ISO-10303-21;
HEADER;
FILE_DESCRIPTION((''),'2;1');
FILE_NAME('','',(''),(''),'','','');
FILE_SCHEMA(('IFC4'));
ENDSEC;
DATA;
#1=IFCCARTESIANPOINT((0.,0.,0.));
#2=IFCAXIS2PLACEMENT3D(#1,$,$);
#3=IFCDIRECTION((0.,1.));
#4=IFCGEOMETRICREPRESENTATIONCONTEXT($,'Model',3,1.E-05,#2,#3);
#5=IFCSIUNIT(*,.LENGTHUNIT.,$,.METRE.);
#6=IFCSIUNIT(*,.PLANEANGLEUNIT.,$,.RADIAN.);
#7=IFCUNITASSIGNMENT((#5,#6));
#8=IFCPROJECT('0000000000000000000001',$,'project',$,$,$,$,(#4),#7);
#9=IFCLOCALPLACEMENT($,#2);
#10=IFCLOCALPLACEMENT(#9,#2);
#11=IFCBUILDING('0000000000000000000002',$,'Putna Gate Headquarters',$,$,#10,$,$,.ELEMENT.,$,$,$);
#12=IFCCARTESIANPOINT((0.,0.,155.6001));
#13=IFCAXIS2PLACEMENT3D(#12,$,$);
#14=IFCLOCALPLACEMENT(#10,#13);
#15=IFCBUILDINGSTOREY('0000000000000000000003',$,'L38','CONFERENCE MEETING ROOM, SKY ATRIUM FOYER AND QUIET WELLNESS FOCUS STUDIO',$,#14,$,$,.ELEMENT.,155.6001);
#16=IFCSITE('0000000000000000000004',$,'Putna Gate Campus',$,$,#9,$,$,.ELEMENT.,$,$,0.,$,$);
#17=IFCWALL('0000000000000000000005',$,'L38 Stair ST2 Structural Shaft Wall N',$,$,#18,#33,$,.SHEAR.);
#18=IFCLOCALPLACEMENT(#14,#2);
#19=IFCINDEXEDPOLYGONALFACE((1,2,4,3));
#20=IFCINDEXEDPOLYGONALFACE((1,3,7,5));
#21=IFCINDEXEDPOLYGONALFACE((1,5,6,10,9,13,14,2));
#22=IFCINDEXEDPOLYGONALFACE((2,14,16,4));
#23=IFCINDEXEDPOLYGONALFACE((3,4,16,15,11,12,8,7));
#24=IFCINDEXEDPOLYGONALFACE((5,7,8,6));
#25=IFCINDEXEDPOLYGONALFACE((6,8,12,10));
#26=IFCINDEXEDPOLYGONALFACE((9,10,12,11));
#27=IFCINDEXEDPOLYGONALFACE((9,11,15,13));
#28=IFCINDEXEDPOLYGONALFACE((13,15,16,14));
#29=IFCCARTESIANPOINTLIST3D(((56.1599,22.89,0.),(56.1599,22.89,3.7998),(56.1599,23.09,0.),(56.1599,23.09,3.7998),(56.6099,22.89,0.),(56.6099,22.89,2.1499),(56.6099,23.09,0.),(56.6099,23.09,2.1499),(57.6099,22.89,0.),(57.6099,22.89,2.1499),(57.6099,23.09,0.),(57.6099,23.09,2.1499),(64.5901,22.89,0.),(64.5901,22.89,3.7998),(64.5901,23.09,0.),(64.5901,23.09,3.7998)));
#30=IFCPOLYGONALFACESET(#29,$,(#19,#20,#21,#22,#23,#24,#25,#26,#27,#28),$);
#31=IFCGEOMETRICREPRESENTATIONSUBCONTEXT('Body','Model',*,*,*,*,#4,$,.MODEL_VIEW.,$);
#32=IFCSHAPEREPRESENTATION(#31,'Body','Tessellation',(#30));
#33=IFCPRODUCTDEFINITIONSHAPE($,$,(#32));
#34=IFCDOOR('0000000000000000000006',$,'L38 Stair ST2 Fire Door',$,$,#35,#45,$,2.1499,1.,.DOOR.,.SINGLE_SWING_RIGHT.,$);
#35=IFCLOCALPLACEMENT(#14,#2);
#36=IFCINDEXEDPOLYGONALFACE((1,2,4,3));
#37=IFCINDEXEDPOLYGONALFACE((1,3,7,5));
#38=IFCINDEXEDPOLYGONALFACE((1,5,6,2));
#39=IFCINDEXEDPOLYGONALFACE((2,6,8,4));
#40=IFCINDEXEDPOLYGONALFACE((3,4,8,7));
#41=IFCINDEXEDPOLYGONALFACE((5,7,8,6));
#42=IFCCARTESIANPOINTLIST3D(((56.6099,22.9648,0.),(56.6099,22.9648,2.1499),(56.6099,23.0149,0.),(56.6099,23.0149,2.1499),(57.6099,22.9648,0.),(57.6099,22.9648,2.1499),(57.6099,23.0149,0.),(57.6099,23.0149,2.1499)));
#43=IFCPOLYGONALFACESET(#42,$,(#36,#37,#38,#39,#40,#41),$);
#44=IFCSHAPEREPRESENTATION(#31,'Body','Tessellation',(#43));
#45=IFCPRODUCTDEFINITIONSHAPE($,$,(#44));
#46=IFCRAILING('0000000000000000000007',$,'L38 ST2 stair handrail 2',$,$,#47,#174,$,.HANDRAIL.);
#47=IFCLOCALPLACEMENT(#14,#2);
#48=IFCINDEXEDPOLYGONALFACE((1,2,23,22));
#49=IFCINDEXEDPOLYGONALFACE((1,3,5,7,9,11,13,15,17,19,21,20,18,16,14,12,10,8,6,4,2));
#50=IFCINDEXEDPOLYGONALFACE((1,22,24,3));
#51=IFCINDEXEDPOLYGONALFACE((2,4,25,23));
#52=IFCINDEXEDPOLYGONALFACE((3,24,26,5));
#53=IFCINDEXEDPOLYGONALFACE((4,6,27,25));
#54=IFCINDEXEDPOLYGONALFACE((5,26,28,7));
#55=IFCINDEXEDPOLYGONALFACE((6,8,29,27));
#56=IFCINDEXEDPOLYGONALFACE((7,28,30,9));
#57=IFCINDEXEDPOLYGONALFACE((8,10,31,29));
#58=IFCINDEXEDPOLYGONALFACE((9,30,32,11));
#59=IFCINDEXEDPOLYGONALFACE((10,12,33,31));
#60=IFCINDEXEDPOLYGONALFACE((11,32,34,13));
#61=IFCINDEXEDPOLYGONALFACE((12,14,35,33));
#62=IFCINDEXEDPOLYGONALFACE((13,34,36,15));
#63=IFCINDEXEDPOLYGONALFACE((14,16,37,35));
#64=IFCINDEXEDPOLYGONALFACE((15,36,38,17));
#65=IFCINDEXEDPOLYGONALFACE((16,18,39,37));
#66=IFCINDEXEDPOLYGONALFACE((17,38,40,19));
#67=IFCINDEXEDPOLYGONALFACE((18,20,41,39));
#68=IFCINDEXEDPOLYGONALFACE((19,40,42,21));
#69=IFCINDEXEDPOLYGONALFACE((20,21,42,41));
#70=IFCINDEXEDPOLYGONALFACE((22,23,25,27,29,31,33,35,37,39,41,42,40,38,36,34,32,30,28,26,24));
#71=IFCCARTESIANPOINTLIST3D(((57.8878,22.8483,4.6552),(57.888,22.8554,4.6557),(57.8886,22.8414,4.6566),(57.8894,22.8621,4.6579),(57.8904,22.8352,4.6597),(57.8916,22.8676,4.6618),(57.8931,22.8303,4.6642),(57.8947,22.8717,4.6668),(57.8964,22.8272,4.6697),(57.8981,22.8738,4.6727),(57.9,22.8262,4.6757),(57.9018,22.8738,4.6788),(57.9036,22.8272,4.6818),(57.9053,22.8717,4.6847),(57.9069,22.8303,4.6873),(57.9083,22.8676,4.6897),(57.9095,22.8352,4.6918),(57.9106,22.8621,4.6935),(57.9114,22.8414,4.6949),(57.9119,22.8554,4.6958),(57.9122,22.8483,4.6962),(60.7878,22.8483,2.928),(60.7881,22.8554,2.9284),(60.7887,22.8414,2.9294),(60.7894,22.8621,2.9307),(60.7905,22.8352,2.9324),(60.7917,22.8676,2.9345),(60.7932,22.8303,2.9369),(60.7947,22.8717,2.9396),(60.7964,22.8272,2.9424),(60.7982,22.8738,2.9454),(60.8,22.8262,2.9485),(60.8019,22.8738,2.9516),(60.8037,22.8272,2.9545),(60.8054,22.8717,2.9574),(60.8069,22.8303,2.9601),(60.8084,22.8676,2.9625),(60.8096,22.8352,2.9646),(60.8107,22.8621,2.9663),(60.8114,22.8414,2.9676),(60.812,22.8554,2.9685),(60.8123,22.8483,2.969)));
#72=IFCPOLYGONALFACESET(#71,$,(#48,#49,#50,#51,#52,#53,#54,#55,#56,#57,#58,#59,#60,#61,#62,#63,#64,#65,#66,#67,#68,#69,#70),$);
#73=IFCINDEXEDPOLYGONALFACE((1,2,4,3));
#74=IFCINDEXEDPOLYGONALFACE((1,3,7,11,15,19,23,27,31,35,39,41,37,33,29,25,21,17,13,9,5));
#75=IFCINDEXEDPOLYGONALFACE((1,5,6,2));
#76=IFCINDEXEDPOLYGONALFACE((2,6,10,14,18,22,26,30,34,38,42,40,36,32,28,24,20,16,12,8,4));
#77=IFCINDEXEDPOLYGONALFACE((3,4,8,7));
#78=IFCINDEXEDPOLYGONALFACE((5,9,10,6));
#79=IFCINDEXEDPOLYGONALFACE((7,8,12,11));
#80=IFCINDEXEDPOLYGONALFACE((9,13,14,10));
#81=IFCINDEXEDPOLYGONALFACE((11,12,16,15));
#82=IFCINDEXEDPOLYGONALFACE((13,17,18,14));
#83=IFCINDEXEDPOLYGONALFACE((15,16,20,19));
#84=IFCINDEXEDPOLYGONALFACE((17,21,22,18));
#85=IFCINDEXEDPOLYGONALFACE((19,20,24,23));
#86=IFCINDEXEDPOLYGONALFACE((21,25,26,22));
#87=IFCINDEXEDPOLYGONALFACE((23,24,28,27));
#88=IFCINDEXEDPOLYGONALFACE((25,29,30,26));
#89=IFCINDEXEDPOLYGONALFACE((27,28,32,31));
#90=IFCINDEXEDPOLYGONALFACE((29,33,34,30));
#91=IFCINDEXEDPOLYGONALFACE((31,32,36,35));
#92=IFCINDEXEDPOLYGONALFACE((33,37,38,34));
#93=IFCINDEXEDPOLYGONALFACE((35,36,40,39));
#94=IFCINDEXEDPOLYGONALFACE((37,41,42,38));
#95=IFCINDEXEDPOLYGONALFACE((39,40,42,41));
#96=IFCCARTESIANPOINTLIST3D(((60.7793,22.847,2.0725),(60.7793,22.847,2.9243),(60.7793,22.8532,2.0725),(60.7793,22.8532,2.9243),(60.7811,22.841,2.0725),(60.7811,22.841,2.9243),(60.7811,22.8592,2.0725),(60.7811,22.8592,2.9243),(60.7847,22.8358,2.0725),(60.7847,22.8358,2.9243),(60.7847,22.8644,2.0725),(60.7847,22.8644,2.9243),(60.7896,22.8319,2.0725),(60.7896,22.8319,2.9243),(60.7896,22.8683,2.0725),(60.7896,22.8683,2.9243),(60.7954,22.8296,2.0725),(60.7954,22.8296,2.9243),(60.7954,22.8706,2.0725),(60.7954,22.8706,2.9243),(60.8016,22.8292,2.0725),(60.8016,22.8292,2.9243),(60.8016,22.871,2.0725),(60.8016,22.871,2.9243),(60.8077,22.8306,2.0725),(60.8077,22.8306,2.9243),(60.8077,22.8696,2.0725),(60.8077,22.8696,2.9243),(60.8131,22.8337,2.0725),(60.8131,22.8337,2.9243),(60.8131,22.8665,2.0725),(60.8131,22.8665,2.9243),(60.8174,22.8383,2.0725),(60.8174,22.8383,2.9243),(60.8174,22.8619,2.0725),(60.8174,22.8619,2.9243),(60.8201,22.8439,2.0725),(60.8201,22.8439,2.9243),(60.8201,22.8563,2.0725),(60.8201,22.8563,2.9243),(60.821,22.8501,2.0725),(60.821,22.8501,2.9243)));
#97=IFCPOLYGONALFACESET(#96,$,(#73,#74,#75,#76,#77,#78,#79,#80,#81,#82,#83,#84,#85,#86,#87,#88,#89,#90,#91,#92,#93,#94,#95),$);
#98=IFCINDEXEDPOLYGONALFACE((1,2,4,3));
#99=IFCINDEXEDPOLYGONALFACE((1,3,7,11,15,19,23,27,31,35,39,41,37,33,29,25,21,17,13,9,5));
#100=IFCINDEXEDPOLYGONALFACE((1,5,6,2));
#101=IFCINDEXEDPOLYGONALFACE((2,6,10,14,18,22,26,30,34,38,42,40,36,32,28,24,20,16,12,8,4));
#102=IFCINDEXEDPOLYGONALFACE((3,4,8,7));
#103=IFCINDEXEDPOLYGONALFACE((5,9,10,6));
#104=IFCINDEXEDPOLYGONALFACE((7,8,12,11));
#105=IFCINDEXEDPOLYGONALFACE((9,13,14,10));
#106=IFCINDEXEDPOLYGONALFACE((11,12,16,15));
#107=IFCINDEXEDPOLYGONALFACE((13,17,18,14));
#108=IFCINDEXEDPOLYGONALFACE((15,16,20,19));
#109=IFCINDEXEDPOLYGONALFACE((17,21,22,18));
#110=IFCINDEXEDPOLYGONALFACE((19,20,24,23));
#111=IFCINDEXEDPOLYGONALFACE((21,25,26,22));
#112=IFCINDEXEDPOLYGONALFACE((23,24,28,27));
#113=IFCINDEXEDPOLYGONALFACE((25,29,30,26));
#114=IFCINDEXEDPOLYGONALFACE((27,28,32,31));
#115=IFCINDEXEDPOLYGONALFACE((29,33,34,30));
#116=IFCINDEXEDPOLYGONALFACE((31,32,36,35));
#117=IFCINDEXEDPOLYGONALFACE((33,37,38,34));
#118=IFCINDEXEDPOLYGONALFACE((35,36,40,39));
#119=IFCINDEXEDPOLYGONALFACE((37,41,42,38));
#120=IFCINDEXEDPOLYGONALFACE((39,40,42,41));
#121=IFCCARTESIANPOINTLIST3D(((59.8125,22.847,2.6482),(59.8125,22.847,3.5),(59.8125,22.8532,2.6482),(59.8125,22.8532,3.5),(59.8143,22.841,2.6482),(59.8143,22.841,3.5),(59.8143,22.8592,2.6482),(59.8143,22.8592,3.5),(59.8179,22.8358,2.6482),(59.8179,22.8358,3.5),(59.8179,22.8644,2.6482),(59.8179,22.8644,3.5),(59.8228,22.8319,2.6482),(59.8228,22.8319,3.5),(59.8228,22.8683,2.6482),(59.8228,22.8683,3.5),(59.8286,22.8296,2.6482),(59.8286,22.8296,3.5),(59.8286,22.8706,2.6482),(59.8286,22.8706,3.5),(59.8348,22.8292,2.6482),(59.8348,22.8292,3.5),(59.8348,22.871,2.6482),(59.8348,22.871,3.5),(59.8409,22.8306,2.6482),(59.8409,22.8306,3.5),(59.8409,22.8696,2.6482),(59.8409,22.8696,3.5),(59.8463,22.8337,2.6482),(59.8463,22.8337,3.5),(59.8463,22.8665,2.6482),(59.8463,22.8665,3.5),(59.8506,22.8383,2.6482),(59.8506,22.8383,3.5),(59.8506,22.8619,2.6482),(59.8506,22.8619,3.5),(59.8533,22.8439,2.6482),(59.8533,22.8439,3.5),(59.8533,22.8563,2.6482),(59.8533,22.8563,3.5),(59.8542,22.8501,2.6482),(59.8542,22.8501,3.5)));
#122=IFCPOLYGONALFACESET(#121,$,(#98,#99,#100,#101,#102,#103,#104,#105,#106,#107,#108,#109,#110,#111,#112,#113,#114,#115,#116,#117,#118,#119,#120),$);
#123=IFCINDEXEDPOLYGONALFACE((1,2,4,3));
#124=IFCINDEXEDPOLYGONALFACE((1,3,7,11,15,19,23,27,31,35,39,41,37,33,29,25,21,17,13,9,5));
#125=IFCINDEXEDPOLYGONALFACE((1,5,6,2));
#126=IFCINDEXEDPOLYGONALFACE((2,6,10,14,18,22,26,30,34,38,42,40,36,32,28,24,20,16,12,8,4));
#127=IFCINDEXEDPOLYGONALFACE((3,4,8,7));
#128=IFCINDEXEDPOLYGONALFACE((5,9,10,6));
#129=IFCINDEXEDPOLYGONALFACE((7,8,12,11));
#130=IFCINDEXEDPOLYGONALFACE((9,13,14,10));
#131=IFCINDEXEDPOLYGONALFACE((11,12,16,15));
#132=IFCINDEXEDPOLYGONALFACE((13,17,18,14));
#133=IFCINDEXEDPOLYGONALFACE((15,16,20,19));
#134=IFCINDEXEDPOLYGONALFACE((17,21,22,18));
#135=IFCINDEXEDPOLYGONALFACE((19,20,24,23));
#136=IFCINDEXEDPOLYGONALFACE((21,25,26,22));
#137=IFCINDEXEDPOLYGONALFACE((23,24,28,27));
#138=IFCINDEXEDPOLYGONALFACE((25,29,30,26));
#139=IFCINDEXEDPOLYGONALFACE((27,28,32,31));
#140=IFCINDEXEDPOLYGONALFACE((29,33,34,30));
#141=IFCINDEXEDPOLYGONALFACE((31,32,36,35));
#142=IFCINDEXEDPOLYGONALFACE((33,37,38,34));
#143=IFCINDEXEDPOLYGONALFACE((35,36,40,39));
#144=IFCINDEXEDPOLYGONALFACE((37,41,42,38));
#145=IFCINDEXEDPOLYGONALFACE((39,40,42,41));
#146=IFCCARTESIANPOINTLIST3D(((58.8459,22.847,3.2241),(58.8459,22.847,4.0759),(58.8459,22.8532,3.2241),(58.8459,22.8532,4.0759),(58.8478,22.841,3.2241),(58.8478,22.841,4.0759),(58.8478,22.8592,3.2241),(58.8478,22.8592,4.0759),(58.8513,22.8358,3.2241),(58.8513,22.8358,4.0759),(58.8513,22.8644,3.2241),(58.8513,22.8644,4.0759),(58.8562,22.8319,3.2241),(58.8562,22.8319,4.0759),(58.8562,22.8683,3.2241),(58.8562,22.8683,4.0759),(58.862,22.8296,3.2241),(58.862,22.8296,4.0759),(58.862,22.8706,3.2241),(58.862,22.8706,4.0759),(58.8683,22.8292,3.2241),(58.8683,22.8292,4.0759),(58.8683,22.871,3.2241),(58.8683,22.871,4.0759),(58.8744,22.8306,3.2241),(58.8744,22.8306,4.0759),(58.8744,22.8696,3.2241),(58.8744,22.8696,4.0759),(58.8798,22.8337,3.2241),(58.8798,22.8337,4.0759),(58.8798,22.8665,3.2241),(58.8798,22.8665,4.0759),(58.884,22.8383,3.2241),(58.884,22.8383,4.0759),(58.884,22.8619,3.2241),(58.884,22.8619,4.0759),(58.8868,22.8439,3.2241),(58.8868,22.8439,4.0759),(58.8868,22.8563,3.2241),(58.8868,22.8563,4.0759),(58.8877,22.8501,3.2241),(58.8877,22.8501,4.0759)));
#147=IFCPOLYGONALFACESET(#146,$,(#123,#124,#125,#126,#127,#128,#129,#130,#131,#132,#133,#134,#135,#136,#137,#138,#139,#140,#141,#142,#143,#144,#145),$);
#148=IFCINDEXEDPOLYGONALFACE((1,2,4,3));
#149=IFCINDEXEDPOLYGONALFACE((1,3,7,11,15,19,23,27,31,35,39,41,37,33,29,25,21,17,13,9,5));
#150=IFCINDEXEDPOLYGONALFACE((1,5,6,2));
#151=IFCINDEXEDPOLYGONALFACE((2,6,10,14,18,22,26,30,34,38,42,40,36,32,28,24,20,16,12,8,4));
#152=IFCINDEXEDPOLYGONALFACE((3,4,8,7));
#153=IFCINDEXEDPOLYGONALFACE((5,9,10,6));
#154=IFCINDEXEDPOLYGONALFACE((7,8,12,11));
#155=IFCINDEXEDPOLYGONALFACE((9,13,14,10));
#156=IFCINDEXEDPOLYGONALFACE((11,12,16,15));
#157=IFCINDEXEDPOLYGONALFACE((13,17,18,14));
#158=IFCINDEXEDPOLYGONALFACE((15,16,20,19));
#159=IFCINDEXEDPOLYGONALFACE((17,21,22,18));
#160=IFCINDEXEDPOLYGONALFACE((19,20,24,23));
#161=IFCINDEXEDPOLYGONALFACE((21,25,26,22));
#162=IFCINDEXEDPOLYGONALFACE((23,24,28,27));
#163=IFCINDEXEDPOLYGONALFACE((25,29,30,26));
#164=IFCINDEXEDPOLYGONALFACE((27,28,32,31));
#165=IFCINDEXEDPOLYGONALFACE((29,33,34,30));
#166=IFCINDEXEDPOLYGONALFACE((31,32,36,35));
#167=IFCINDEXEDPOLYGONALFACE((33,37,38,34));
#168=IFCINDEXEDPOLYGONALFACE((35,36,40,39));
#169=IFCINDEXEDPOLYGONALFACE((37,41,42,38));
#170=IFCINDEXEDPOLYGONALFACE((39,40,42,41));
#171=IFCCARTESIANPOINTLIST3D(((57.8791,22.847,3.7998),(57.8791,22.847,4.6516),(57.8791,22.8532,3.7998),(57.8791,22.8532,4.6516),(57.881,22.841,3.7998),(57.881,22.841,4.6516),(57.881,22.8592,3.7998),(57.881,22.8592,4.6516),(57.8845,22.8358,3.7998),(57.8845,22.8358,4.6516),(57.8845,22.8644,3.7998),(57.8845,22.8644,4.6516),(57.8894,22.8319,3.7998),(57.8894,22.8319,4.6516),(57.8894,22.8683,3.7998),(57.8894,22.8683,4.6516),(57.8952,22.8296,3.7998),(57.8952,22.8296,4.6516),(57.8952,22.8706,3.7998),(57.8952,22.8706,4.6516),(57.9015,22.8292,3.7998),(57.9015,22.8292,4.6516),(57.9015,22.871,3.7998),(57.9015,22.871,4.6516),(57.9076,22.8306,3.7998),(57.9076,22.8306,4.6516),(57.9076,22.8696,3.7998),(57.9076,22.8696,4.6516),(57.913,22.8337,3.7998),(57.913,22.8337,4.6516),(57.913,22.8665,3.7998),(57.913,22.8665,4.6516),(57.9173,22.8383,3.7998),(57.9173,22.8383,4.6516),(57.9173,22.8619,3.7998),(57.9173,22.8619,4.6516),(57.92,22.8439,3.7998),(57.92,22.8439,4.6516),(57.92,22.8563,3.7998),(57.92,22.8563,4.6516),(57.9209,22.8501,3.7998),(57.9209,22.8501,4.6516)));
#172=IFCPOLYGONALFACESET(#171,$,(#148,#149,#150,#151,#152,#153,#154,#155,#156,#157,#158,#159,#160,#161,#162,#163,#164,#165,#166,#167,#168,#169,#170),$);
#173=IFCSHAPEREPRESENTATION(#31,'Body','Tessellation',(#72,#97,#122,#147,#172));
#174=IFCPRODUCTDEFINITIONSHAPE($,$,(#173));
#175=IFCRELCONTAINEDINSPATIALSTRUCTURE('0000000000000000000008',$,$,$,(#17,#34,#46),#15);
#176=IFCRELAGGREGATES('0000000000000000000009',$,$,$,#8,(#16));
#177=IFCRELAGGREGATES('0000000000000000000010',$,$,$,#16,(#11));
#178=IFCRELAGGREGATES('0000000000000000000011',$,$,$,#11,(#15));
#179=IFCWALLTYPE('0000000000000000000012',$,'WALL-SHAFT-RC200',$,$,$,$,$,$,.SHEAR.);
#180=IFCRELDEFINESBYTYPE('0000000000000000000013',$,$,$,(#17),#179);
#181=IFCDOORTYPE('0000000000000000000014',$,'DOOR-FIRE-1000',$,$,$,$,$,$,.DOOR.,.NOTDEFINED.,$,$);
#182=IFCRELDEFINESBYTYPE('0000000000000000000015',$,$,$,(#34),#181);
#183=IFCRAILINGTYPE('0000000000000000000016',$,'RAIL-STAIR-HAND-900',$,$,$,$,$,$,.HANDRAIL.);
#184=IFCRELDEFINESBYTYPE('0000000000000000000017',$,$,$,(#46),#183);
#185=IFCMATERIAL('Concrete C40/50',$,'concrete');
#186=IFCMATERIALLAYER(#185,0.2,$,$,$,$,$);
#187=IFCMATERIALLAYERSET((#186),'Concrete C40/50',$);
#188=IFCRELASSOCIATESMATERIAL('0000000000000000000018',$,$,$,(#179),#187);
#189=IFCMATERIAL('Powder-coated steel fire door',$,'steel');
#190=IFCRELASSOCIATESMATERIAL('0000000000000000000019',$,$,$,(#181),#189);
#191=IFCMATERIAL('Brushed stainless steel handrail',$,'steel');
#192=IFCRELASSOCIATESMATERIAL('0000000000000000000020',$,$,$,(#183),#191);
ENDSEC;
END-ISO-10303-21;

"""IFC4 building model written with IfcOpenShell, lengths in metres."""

from ifc_helpers import new_model, si_unit, direction, frame, frame_2d, origin, origin_2d, place, context, subcontext, project, spatial, rectangle, circle, extrude, material, layer, layer_set, type_object, element, fill, save


model = new_model("IFC4")

# Units and contexts
model_context = context("Model", 3, precision=1e-05, world=origin(), true_north=direction((0.0, 1.0)))
body_context = subcontext(model_context, "Body", "Model", "MODEL_VIEW")
ifc_project = project(units=[si_unit("LENGTHUNIT", "METRE"), si_unit("PLANEANGLEUNIT", "RADIAN")], contexts=[model_context])

# Site, building, storey
site_placement = place(None, origin())
site = spatial("IfcSite", under=ifc_project, at=site_placement, Name="Putna Gate Campus", CompositionType="ELEMENT", RefElevation=0.0)
building_placement = place(site_placement, origin())
building = spatial("IfcBuilding", under=site, at=building_placement, Name="Putna Gate Headquarters", CompositionType="ELEMENT")
storey_placement = place(building_placement, frame((0.0, 0.0, 155.6001)))
storey = spatial("IfcBuildingStorey", under=building, at=storey_placement, Name="L38", Description="CONFERENCE MEETING ROOM, SKY ATRIUM FOYER AND QUIET WELLNESS FOCUS STUDIO", CompositionType="ELEMENT", Elevation=155.6001)

# Shared definitions
ifc_material_1 = material(Name="Concrete C40/50", Category="concrete")

# Wall, opening, door
ifc_layer_1 = layer(ifc_material_1, 0.2)
ifc_layer_set_1 = layer_set([ifc_layer_1], Name="Concrete C40/50")
wall_type_1 = type_object("IfcWallType", Name="WALL-SHAFT-RC200", PredefinedType="SHEAR", material=ifc_layer_set_1)
wall_1_placement = place(storey_placement, frame((56.1599, 22.99, 0.0), z_axis=(0.0, 0.0, 1.0), x_axis=(1.0, 0.0, 0.0)))
wall_1 = element("IfcWall", 1, at=wall_1_placement, inside=storey, type_object=wall_type_1, Name="L38 Stair ST2 Structural Shaft Wall N", PredefinedType="SHEAR", context=body_context, shape_type="SweptSolid", body=[
    extrude(rectangle(XDim=8.4302, YDim=0.2, at=frame_2d((4.2151, 0.0))), origin(), (0.0, 0.0, 1.0), 3.7998),
])
opening_1_placement = place(wall_1_placement, frame((0.45, 0.0, 0.0)))
opening_1 = element("IfcOpeningElement", 2, at=opening_1_placement, cuts=wall_1, PredefinedType="OPENING", context=body_context, shape_type="SweptSolid", body=[
    extrude(rectangle(XDim=1.0, YDim=2.1499, at=frame_2d((0.5, 1.075))), frame((0.0, 0.1099, 0.0), z_axis=(0.0, -1.0, 0.0), x_axis=(1.0, 0.0, 0.0)), (0.0, 0.0, 1.0), 0.22),
])
ifc_material_2 = material(Name="Powder-coated steel fire door", Category="steel")
door_type_1 = type_object("IfcDoorType", Name="DOOR-FIRE-1000", OperationType="NOTDEFINED", PredefinedType="DOOR", material=ifc_material_2)
door_1_placement = place(opening_1_placement, origin())
door_1 = element("IfcDoor", 3, at=door_1_placement, inside=storey, type_object=door_type_1, Name="L38 Stair ST2 Fire Door", OperationType="SINGLE_SWING_RIGHT", OverallHeight=2.1499, OverallWidth=1.0, PredefinedType="DOOR", context=body_context, shape_type="SweptSolid", body=[
    extrude(rectangle(XDim=1.0, YDim=2.1499, at=frame_2d((0.5, 1.075))), frame((0.0, 0.0249, 0.0), z_axis=(0.0, -1.0, 0.0), x_axis=(1.0, 0.0, 0.0)), (0.0, 0.0, 1.0), 0.05),
])
fill(opening_1, door_1)

# Railing
ifc_material_3 = material(Name="Brushed stainless steel handrail", Category="steel")
railing_type = type_object("IfcRailingType", Name="RAIL-STAIR-HAND-900", PredefinedType="HANDRAIL", material=ifc_material_3)
railing_placement = place(storey_placement, frame((60.8, 22.8501, 2.0725)))
element("IfcRailing", 4, at=railing_placement, inside=storey, type_object=railing_type, Name="L38 ST2 stair handrail 2", PredefinedType="HANDRAIL", context=body_context, shape_type="SweptSolid", body=[
    extrude(circle(Radius=0.0239, at=origin_2d()), frame((0.0, 0.0, 0.876), z_axis=(-0.85916, 0.0, 0.511706), x_axis=(0.0, -1.0, 0.0)), (0.0, 0.0, 1.0), 3.3755),
    extrude(circle(Radius=0.021, at=origin_2d()), origin(), (0.0, 0.0, 1.0), 0.8518),
    extrude(circle(Radius=0.021, at=origin_2d()), frame((-0.9668, 0.0, 0.5757)), (0.0, 0.0, 1.0), 0.8518),
    extrude(circle(Radius=0.021, at=origin_2d()), frame((-1.9333, 0.0, 1.1516)), (0.0, 0.0, 1.0), 0.8518),
    extrude(circle(Radius=0.021, at=origin_2d()), frame((-2.9001, 0.0, 1.7273)), (0.0, 0.0, 1.0), 0.8518),
])

save(model, "model.ifc")
